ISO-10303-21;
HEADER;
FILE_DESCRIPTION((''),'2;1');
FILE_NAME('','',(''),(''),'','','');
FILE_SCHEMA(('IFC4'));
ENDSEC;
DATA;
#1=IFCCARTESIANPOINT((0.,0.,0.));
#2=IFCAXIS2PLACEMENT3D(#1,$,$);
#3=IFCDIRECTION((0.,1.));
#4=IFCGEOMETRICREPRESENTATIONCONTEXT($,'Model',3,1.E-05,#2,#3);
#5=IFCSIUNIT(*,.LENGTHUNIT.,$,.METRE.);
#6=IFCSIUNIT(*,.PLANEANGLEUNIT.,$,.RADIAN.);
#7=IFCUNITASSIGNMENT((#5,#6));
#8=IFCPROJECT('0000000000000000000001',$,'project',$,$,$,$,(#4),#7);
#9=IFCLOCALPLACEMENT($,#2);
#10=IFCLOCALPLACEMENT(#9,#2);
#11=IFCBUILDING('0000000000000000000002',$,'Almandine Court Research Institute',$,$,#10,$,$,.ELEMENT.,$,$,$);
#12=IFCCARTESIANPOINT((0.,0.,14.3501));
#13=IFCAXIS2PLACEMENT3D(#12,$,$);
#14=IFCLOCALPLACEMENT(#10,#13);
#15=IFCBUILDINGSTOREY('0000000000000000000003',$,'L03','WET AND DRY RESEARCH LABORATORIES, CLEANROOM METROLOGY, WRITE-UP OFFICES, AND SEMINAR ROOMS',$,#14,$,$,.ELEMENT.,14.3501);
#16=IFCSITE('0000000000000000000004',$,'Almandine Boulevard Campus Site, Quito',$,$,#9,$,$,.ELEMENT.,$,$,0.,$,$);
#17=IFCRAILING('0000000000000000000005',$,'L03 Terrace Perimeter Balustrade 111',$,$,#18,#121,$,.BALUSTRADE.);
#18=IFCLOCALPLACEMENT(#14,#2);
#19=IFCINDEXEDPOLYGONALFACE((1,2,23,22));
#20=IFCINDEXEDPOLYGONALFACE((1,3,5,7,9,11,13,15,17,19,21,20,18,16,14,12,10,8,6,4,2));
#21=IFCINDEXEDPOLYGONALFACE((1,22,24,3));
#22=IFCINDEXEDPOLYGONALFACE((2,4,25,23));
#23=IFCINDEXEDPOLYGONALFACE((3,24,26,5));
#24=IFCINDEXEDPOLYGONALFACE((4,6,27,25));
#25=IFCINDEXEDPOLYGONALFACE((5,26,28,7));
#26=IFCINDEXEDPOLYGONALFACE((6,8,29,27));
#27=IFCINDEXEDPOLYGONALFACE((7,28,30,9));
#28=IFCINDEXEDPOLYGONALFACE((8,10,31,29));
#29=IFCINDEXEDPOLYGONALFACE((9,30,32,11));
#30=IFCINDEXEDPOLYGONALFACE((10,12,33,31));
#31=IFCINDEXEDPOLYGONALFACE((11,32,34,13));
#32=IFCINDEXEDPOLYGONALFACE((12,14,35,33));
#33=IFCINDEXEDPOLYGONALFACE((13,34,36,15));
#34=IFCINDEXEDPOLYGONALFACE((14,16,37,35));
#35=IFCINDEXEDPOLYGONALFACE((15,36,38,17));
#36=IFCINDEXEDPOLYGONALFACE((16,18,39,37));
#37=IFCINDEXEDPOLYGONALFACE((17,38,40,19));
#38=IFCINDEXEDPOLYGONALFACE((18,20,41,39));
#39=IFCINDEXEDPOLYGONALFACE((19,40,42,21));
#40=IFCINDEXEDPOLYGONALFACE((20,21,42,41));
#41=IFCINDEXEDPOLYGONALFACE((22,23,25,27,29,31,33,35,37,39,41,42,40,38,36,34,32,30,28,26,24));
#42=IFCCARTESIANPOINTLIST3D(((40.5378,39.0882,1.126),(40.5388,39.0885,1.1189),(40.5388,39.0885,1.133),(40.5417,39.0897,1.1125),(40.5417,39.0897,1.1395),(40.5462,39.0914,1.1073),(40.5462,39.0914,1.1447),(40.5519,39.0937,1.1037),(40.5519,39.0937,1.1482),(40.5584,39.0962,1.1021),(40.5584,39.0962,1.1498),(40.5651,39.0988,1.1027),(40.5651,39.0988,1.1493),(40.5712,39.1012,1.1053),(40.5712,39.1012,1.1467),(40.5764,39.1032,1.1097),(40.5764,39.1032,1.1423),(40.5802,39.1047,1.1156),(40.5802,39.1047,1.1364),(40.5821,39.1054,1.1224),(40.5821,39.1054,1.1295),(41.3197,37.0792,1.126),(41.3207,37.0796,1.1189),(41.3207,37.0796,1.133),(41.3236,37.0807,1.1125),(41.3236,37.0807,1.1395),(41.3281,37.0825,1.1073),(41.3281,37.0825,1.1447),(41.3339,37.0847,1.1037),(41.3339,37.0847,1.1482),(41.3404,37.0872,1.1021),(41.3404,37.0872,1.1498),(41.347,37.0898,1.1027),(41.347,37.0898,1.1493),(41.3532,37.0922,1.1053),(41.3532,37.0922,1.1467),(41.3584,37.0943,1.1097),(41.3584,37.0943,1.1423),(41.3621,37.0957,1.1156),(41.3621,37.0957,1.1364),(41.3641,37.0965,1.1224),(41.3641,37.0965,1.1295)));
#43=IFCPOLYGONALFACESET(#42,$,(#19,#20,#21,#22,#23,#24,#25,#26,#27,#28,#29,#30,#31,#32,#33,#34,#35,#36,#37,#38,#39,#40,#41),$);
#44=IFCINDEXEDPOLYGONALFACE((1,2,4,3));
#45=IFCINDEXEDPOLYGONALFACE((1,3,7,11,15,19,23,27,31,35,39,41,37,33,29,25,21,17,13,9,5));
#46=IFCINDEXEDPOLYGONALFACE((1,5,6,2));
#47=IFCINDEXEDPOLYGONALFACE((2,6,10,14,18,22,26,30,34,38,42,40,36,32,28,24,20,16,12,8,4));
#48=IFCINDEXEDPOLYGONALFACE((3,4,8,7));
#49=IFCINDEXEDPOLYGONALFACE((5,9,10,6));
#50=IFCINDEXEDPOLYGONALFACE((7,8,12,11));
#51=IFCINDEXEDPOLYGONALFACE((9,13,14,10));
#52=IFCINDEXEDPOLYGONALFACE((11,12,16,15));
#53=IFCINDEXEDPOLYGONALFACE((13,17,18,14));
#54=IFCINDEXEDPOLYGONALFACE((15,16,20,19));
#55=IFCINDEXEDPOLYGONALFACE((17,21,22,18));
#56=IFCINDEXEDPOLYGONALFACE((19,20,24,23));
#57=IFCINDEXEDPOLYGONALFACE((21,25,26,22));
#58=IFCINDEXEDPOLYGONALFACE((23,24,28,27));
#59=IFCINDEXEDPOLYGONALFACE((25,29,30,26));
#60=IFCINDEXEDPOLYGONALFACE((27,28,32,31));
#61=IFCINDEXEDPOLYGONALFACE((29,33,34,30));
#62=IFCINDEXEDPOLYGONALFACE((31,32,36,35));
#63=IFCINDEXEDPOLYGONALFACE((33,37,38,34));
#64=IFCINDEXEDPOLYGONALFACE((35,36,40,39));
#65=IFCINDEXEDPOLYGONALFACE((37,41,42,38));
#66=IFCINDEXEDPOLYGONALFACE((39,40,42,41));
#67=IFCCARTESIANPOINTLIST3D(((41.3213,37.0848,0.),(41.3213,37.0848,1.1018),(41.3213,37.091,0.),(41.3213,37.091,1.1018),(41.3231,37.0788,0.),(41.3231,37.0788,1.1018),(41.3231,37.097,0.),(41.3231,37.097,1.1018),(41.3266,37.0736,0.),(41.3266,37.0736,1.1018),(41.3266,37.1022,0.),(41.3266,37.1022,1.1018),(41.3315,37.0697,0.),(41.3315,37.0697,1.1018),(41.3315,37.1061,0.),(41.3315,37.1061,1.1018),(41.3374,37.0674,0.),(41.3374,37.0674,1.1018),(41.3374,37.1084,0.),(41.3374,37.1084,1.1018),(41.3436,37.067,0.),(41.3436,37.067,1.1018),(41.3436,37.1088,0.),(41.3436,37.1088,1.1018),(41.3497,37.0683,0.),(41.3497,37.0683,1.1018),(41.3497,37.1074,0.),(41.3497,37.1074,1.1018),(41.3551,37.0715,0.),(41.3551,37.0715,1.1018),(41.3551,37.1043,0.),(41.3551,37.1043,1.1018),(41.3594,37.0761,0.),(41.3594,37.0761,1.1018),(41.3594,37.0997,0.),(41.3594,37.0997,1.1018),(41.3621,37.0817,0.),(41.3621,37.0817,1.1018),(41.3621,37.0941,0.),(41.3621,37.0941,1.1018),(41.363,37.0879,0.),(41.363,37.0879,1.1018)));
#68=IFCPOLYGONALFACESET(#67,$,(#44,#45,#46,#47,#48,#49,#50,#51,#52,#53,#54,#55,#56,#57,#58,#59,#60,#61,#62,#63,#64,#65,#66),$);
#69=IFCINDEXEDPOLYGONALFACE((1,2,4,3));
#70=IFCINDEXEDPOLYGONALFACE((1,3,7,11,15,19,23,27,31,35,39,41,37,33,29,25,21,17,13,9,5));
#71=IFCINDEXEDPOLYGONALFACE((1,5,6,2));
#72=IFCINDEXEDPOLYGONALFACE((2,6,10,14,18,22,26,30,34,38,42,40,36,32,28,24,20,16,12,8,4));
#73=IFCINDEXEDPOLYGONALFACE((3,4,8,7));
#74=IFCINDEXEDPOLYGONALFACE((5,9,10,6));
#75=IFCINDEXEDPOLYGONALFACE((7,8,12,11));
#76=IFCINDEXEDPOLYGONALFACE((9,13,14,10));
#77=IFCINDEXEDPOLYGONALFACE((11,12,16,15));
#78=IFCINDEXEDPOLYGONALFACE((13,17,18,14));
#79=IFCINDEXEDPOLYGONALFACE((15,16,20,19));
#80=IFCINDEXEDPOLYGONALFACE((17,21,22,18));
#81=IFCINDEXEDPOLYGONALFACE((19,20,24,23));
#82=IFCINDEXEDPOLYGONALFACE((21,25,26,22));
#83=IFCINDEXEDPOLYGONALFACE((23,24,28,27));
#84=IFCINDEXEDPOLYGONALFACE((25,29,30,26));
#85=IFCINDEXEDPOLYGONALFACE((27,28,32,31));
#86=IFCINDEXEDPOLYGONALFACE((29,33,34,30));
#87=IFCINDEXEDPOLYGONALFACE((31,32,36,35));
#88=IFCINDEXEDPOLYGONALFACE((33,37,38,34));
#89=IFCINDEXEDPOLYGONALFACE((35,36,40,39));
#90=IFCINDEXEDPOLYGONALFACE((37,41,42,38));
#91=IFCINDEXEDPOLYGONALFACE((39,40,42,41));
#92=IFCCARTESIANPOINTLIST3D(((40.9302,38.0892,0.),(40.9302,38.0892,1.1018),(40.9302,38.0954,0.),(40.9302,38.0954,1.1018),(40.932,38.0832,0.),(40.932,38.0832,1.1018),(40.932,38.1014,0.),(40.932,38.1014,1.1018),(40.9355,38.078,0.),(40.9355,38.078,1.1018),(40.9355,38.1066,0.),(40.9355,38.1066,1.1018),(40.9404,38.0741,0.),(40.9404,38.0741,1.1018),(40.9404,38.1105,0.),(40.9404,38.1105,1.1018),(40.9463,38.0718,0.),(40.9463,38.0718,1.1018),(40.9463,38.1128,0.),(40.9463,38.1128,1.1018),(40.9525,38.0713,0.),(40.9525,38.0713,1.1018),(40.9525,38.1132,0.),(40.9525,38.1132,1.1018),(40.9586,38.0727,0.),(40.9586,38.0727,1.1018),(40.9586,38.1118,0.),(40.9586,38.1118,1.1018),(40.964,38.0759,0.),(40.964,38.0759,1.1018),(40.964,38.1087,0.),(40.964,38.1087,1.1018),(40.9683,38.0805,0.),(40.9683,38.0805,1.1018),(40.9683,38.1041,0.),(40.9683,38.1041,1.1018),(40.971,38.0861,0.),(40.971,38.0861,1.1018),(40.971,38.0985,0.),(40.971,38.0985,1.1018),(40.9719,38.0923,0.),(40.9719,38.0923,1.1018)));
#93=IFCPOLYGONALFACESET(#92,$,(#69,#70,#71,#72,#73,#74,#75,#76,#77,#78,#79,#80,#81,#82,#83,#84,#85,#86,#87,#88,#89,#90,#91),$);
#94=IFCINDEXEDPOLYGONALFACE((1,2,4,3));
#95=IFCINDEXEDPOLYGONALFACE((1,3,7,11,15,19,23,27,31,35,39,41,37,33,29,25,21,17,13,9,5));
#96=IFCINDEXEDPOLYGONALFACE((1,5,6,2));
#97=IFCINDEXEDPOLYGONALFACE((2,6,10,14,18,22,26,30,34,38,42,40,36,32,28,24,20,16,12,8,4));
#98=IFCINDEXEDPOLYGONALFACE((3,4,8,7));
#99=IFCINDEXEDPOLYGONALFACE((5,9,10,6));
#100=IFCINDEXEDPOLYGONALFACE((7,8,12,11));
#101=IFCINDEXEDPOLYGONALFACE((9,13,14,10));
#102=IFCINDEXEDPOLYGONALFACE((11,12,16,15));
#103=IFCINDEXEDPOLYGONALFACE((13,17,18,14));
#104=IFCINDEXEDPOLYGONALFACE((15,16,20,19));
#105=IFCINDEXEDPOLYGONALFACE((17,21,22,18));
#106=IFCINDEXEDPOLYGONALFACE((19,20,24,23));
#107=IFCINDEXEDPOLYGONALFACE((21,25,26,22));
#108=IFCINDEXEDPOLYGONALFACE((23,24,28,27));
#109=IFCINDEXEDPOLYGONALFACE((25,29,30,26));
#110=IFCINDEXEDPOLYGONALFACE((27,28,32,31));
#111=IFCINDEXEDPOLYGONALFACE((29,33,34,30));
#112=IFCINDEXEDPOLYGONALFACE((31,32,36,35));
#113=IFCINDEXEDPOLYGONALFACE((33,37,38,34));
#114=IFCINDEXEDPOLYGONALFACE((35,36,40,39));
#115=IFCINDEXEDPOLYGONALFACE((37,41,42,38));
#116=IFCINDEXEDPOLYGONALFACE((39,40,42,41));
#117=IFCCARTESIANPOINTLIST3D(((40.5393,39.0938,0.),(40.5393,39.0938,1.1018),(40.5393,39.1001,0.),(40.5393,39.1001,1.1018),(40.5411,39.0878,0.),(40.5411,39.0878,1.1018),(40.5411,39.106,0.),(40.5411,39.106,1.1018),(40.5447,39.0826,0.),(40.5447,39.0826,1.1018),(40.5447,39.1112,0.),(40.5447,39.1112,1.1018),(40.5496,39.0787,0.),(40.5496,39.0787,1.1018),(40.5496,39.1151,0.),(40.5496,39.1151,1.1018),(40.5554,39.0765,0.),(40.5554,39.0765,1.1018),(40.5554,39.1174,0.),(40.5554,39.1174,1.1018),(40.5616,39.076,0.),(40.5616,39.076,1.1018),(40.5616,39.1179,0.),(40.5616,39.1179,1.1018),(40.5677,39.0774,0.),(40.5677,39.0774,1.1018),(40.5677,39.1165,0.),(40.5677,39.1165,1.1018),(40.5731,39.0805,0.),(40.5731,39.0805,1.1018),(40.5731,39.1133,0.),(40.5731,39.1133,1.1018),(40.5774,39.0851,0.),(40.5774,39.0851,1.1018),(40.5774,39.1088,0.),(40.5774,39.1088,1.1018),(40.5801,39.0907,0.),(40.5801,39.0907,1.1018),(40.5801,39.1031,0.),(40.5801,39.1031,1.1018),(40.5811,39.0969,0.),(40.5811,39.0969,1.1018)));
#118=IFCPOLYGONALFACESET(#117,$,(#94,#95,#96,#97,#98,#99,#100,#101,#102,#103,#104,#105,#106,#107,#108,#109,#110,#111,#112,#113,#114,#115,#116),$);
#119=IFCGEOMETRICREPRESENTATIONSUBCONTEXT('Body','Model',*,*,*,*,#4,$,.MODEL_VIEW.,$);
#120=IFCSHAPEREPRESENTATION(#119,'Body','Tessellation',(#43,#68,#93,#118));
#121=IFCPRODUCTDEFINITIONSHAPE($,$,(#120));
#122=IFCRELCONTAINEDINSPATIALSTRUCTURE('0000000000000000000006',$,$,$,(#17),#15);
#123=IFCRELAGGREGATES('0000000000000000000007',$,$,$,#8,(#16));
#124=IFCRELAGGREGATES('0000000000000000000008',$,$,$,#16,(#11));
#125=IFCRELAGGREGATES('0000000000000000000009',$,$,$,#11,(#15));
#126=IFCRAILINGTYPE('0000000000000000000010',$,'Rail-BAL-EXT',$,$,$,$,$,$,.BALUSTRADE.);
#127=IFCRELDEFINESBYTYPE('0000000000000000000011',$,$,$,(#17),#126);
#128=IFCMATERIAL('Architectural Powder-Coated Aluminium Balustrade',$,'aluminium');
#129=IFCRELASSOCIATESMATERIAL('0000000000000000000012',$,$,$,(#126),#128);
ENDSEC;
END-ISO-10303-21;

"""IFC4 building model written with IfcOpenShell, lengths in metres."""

from ifc_helpers import new_model, si_unit, direction, frame, origin, origin_2d, place, context, subcontext, project, spatial, circle, extrude, material, type_object, element, save


model = new_model("IFC4")

# Units and contexts
model_context = context("Model", 3, precision=1e-05, world=origin(), true_north=direction((0.0, 1.0)))
body_context = subcontext(model_context, "Body", "Model", "MODEL_VIEW")
ifc_project = project(units=[si_unit("LENGTHUNIT", "METRE"), si_unit("PLANEANGLEUNIT", "RADIAN")], contexts=[model_context])

# Site, building, storey
site_placement = place(None, origin())
site = spatial("IfcSite", under=ifc_project, at=site_placement, Name="Almandine Boulevard Campus Site, Quito", CompositionType="ELEMENT", RefElevation=0.0)
building_placement = place(site_placement, origin())
building = spatial("IfcBuilding", under=site, at=building_placement, Name="Almandine Court Research Institute", CompositionType="ELEMENT")
storey_placement = place(building_placement, frame((0.0, 0.0, 14.3501)))
storey = spatial("IfcBuildingStorey", under=building, at=storey_placement, Name="L03", Description="WET AND DRY RESEARCH LABORATORIES, CLEANROOM METROLOGY, WRITE-UP OFFICES, AND SEMINAR ROOMS", CompositionType="ELEMENT", Elevation=14.3501)

# Railing
ifc_material_1 = material(Name="Architectural Powder-Coated Aluminium Balustrade", Category="aluminium")
railing_type = type_object("IfcRailingType", Name="Rail-BAL-EXT", PredefinedType="BALUSTRADE", material=ifc_material_1)
railing_1_placement = place(storey_placement, frame((41.342, 37.0879, 0.0)))
element("IfcRailing", 1, at=railing_1_placement, inside=storey, type_object=railing_type, Name="L03 Terrace Perimeter Balustrade 111", PredefinedType="BALUSTRADE", context=body_context, shape_type="SweptSolid", body=[
    extrude(circle(Radius=0.0239, at=origin_2d()), frame((0.0, 0.0, 1.126), z_axis=(-0.362725, 0.931896, 0.0), x_axis=(-0.931896, -0.362725, 0.0)), (0.0, 0.0, 1.0), 2.1558),
    extrude(circle(Radius=0.021, at=origin_2d()), origin(), (0.0, 0.0, 1.0), 1.1018),
    extrude(circle(Radius=0.021, at=origin_2d()), frame((-0.3911, 1.0044, 0.0)), (0.0, 0.0, 1.0), 1.1018),
    extrude(circle(Radius=0.021, at=origin_2d()), frame((-0.782, 2.009, 0.0)), (0.0, 0.0, 1.0), 1.1018),
])

save(model, "model.ifc")
